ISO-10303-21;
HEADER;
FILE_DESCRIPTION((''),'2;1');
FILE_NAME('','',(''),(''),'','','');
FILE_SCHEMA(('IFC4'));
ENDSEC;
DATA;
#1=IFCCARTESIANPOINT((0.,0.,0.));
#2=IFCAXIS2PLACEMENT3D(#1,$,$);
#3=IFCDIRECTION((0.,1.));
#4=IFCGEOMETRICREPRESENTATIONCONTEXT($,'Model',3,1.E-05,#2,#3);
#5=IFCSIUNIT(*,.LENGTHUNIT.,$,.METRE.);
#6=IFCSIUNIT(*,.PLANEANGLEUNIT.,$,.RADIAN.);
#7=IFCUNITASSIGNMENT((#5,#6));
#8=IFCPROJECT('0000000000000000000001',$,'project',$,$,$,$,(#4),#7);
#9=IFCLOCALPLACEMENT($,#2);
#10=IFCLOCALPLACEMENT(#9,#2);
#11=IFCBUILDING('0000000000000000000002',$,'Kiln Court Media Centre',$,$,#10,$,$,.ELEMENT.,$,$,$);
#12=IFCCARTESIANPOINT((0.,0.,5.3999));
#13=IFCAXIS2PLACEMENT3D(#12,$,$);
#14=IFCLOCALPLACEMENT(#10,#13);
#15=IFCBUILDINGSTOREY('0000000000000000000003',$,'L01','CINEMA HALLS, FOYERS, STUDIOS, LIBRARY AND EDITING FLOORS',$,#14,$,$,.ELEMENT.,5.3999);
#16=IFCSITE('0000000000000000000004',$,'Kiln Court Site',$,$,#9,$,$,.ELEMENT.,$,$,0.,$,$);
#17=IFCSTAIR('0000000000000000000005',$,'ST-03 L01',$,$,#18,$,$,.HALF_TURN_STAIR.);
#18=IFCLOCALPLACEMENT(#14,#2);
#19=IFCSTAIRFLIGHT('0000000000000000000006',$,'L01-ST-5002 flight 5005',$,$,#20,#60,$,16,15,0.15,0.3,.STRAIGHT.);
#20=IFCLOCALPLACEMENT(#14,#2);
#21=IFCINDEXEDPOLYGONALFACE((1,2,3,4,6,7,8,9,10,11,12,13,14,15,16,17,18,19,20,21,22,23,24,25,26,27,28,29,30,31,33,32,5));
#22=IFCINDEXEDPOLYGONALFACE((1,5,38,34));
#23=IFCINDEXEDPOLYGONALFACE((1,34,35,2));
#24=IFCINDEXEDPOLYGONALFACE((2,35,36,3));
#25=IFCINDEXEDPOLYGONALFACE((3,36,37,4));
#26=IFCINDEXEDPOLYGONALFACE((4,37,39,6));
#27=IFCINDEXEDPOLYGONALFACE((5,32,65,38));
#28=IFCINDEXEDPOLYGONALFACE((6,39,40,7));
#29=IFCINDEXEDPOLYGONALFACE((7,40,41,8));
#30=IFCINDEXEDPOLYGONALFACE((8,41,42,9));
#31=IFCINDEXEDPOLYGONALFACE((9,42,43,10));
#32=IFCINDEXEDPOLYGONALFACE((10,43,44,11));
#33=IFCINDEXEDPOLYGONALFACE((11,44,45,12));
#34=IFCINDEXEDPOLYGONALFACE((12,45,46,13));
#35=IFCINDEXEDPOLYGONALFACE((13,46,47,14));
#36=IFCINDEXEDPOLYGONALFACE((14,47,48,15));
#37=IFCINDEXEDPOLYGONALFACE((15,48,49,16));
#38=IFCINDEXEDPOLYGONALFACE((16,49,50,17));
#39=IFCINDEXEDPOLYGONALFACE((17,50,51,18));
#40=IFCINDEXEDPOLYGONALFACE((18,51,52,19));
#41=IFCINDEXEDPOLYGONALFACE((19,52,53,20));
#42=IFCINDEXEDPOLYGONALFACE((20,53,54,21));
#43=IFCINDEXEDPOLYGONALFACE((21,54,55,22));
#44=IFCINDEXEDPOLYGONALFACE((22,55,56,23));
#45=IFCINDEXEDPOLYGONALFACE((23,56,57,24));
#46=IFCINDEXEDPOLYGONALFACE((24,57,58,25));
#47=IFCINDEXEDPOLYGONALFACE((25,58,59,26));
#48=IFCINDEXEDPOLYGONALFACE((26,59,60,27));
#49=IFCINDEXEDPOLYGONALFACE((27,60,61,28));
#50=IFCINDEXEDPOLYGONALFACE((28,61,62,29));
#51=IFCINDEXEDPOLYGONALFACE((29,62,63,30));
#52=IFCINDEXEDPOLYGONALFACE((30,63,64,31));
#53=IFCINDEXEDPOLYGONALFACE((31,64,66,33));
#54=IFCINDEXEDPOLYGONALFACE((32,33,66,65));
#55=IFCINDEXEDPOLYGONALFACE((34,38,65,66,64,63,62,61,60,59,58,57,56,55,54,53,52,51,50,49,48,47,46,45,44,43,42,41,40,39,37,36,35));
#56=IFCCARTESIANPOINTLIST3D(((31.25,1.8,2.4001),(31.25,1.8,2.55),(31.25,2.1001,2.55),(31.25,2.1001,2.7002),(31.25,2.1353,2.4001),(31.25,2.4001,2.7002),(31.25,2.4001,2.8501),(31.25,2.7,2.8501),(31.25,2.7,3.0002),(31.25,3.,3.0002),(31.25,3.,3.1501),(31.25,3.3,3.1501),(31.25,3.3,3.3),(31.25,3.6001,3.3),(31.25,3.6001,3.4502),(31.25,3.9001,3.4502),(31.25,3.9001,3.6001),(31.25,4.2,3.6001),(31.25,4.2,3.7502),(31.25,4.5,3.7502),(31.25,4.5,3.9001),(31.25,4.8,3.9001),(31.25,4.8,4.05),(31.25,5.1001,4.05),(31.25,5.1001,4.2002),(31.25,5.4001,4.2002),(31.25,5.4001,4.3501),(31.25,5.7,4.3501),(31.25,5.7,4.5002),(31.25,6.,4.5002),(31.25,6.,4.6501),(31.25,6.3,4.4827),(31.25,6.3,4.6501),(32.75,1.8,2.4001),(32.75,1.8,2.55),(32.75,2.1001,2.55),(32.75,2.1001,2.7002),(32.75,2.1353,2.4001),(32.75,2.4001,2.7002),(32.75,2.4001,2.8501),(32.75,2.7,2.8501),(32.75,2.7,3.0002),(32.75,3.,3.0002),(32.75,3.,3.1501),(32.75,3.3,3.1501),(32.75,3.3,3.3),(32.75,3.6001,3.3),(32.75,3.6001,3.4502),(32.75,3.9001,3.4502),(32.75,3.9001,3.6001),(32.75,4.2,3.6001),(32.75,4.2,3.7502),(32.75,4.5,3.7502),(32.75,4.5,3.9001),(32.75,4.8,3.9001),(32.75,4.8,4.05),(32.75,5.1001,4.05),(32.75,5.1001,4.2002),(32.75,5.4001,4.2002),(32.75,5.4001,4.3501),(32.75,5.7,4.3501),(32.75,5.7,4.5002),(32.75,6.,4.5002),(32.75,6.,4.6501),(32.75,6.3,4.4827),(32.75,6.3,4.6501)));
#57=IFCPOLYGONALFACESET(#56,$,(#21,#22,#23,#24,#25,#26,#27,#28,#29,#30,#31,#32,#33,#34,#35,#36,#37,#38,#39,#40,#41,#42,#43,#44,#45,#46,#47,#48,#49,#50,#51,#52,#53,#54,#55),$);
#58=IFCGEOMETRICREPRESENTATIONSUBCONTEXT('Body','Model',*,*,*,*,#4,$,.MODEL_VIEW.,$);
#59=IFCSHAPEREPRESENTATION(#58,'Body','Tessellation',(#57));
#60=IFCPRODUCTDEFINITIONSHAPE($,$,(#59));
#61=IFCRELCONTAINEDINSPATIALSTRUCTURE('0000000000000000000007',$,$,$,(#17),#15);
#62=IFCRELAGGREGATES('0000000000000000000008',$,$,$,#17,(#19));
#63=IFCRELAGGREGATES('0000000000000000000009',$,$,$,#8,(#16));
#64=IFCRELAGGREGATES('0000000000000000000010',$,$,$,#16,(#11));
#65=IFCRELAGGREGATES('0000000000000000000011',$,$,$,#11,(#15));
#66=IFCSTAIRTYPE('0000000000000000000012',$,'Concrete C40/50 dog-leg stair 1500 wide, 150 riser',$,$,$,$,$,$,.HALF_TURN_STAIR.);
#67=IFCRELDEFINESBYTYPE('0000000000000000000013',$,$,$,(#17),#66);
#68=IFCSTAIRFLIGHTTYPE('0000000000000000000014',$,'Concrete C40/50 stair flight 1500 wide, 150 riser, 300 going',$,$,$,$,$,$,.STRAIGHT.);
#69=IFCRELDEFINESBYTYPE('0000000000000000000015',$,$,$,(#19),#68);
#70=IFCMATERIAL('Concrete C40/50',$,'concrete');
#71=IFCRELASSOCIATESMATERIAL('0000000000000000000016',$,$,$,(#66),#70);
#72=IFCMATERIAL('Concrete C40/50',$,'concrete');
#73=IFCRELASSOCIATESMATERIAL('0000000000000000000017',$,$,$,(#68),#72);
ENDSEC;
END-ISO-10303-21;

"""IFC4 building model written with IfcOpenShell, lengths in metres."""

from ifc_helpers import new_model, si_unit, direction, frame, origin, place, context, subcontext, project, spatial, polyline, outline, extrude, material, type_object, element, aggregate, save


model = new_model("IFC4")

# Units and contexts
model_context = context("Model", 3, precision=1e-05, world=origin(), true_north=direction((0.0, 1.0)))
body_context = subcontext(model_context, "Body", "Model", "MODEL_VIEW")
ifc_project = project(units=[si_unit("LENGTHUNIT", "METRE"), si_unit("PLANEANGLEUNIT", "RADIAN")], contexts=[model_context])

# Site, building, storey
site_placement = place(None, origin())
site = spatial("IfcSite", under=ifc_project, at=site_placement, Name="Kiln Court Site", CompositionType="ELEMENT", RefElevation=0.0)
building_placement = place(site_placement, origin())
building = spatial("IfcBuilding", under=site, at=building_placement, Name="Kiln Court Media Centre", CompositionType="ELEMENT")
storey_placement = place(building_placement, frame((0.0, 0.0, 5.3999)))
storey = spatial("IfcBuildingStorey", under=building, at=storey_placement, Name="L01", Description="CINEMA HALLS, FOYERS, STUDIOS, LIBRARY AND EDITING FLOORS", CompositionType="ELEMENT", Elevation=5.3999)

# Stair, stair flight
ifc_material_1 = material(Name="Concrete C40/50", Category="concrete")
stair_type = type_object("IfcStairType", Name="Concrete C40/50 dog-leg stair 1500 wide, 150 riser", PredefinedType="HALF_TURN_STAIR", material=ifc_material_1)
stair_placement = place(storey_placement, origin())
stair = element("IfcStair", 1, at=stair_placement, inside=storey, type_object=stair_type, Name="ST-03 L01", PredefinedType="HALF_TURN_STAIR")
ifc_material_2 = material(Name="Concrete C40/50", Category="concrete")
stair_flight_type = type_object("IfcStairFlightType", Name="Concrete C40/50 stair flight 1500 wide, 150 riser, 300 going", PredefinedType="STRAIGHT", material=ifc_material_2)
stair_flight_1_placement = place(storey_placement, frame((32.0, 1.8, 2.4001), z_axis=(0.0, 0.0, 1.0), x_axis=(0.0, 1.0, 0.0)))
stair_flight_1 = element("IfcStairFlight", 2, at=stair_flight_1_placement, type_object=stair_flight_type, Name="L01-ST-5002 flight 5005", NumberOfRisers=16, NumberOfTreads=15, PredefinedType="STRAIGHT", RiserHeight=0.15, TreadLength=0.3, context=body_context, shape_type="SweptSolid", body=[
    extrude(outline(polyline([(0.0, 0.0), (0.0, 0.1499), (0.3, 0.1499), (0.3, 0.3), (0.6001, 0.3), (0.6001, 0.45), (0.8999, 0.45), (0.8999, 0.6001), (1.2, 0.6001), (1.2, 0.75), (1.5, 0.75), (1.5, 0.8999), (1.8, 0.8999), (1.8, 1.05), (2.1001, 1.05), (2.1001, 1.2), (2.3999, 1.2), (2.3999, 1.3501), (2.7, 1.3501), (2.7, 1.5), (3.0, 1.5), (3.0, 1.6499), (3.3, 1.6499), (3.3, 1.8), (3.6001, 1.8), (3.6001, 1.95), (3.8999, 1.95), (3.8999, 2.1001), (4.2, 2.1001), (4.2, 2.25), (4.5, 2.25), (4.5, 2.3999), (4.5, 2.0825), (0.3352, 0.0), (0.0, 0.0)])), frame((0.0, 0.75, 0.0), z_axis=(0.0, -1.0, 0.0), x_axis=(1.0, 0.0, 0.0)), (0.0, 0.0, 1.0), 1.5),
])
aggregate(stair, [stair_flight_1])

save(model, "model.ifc")
